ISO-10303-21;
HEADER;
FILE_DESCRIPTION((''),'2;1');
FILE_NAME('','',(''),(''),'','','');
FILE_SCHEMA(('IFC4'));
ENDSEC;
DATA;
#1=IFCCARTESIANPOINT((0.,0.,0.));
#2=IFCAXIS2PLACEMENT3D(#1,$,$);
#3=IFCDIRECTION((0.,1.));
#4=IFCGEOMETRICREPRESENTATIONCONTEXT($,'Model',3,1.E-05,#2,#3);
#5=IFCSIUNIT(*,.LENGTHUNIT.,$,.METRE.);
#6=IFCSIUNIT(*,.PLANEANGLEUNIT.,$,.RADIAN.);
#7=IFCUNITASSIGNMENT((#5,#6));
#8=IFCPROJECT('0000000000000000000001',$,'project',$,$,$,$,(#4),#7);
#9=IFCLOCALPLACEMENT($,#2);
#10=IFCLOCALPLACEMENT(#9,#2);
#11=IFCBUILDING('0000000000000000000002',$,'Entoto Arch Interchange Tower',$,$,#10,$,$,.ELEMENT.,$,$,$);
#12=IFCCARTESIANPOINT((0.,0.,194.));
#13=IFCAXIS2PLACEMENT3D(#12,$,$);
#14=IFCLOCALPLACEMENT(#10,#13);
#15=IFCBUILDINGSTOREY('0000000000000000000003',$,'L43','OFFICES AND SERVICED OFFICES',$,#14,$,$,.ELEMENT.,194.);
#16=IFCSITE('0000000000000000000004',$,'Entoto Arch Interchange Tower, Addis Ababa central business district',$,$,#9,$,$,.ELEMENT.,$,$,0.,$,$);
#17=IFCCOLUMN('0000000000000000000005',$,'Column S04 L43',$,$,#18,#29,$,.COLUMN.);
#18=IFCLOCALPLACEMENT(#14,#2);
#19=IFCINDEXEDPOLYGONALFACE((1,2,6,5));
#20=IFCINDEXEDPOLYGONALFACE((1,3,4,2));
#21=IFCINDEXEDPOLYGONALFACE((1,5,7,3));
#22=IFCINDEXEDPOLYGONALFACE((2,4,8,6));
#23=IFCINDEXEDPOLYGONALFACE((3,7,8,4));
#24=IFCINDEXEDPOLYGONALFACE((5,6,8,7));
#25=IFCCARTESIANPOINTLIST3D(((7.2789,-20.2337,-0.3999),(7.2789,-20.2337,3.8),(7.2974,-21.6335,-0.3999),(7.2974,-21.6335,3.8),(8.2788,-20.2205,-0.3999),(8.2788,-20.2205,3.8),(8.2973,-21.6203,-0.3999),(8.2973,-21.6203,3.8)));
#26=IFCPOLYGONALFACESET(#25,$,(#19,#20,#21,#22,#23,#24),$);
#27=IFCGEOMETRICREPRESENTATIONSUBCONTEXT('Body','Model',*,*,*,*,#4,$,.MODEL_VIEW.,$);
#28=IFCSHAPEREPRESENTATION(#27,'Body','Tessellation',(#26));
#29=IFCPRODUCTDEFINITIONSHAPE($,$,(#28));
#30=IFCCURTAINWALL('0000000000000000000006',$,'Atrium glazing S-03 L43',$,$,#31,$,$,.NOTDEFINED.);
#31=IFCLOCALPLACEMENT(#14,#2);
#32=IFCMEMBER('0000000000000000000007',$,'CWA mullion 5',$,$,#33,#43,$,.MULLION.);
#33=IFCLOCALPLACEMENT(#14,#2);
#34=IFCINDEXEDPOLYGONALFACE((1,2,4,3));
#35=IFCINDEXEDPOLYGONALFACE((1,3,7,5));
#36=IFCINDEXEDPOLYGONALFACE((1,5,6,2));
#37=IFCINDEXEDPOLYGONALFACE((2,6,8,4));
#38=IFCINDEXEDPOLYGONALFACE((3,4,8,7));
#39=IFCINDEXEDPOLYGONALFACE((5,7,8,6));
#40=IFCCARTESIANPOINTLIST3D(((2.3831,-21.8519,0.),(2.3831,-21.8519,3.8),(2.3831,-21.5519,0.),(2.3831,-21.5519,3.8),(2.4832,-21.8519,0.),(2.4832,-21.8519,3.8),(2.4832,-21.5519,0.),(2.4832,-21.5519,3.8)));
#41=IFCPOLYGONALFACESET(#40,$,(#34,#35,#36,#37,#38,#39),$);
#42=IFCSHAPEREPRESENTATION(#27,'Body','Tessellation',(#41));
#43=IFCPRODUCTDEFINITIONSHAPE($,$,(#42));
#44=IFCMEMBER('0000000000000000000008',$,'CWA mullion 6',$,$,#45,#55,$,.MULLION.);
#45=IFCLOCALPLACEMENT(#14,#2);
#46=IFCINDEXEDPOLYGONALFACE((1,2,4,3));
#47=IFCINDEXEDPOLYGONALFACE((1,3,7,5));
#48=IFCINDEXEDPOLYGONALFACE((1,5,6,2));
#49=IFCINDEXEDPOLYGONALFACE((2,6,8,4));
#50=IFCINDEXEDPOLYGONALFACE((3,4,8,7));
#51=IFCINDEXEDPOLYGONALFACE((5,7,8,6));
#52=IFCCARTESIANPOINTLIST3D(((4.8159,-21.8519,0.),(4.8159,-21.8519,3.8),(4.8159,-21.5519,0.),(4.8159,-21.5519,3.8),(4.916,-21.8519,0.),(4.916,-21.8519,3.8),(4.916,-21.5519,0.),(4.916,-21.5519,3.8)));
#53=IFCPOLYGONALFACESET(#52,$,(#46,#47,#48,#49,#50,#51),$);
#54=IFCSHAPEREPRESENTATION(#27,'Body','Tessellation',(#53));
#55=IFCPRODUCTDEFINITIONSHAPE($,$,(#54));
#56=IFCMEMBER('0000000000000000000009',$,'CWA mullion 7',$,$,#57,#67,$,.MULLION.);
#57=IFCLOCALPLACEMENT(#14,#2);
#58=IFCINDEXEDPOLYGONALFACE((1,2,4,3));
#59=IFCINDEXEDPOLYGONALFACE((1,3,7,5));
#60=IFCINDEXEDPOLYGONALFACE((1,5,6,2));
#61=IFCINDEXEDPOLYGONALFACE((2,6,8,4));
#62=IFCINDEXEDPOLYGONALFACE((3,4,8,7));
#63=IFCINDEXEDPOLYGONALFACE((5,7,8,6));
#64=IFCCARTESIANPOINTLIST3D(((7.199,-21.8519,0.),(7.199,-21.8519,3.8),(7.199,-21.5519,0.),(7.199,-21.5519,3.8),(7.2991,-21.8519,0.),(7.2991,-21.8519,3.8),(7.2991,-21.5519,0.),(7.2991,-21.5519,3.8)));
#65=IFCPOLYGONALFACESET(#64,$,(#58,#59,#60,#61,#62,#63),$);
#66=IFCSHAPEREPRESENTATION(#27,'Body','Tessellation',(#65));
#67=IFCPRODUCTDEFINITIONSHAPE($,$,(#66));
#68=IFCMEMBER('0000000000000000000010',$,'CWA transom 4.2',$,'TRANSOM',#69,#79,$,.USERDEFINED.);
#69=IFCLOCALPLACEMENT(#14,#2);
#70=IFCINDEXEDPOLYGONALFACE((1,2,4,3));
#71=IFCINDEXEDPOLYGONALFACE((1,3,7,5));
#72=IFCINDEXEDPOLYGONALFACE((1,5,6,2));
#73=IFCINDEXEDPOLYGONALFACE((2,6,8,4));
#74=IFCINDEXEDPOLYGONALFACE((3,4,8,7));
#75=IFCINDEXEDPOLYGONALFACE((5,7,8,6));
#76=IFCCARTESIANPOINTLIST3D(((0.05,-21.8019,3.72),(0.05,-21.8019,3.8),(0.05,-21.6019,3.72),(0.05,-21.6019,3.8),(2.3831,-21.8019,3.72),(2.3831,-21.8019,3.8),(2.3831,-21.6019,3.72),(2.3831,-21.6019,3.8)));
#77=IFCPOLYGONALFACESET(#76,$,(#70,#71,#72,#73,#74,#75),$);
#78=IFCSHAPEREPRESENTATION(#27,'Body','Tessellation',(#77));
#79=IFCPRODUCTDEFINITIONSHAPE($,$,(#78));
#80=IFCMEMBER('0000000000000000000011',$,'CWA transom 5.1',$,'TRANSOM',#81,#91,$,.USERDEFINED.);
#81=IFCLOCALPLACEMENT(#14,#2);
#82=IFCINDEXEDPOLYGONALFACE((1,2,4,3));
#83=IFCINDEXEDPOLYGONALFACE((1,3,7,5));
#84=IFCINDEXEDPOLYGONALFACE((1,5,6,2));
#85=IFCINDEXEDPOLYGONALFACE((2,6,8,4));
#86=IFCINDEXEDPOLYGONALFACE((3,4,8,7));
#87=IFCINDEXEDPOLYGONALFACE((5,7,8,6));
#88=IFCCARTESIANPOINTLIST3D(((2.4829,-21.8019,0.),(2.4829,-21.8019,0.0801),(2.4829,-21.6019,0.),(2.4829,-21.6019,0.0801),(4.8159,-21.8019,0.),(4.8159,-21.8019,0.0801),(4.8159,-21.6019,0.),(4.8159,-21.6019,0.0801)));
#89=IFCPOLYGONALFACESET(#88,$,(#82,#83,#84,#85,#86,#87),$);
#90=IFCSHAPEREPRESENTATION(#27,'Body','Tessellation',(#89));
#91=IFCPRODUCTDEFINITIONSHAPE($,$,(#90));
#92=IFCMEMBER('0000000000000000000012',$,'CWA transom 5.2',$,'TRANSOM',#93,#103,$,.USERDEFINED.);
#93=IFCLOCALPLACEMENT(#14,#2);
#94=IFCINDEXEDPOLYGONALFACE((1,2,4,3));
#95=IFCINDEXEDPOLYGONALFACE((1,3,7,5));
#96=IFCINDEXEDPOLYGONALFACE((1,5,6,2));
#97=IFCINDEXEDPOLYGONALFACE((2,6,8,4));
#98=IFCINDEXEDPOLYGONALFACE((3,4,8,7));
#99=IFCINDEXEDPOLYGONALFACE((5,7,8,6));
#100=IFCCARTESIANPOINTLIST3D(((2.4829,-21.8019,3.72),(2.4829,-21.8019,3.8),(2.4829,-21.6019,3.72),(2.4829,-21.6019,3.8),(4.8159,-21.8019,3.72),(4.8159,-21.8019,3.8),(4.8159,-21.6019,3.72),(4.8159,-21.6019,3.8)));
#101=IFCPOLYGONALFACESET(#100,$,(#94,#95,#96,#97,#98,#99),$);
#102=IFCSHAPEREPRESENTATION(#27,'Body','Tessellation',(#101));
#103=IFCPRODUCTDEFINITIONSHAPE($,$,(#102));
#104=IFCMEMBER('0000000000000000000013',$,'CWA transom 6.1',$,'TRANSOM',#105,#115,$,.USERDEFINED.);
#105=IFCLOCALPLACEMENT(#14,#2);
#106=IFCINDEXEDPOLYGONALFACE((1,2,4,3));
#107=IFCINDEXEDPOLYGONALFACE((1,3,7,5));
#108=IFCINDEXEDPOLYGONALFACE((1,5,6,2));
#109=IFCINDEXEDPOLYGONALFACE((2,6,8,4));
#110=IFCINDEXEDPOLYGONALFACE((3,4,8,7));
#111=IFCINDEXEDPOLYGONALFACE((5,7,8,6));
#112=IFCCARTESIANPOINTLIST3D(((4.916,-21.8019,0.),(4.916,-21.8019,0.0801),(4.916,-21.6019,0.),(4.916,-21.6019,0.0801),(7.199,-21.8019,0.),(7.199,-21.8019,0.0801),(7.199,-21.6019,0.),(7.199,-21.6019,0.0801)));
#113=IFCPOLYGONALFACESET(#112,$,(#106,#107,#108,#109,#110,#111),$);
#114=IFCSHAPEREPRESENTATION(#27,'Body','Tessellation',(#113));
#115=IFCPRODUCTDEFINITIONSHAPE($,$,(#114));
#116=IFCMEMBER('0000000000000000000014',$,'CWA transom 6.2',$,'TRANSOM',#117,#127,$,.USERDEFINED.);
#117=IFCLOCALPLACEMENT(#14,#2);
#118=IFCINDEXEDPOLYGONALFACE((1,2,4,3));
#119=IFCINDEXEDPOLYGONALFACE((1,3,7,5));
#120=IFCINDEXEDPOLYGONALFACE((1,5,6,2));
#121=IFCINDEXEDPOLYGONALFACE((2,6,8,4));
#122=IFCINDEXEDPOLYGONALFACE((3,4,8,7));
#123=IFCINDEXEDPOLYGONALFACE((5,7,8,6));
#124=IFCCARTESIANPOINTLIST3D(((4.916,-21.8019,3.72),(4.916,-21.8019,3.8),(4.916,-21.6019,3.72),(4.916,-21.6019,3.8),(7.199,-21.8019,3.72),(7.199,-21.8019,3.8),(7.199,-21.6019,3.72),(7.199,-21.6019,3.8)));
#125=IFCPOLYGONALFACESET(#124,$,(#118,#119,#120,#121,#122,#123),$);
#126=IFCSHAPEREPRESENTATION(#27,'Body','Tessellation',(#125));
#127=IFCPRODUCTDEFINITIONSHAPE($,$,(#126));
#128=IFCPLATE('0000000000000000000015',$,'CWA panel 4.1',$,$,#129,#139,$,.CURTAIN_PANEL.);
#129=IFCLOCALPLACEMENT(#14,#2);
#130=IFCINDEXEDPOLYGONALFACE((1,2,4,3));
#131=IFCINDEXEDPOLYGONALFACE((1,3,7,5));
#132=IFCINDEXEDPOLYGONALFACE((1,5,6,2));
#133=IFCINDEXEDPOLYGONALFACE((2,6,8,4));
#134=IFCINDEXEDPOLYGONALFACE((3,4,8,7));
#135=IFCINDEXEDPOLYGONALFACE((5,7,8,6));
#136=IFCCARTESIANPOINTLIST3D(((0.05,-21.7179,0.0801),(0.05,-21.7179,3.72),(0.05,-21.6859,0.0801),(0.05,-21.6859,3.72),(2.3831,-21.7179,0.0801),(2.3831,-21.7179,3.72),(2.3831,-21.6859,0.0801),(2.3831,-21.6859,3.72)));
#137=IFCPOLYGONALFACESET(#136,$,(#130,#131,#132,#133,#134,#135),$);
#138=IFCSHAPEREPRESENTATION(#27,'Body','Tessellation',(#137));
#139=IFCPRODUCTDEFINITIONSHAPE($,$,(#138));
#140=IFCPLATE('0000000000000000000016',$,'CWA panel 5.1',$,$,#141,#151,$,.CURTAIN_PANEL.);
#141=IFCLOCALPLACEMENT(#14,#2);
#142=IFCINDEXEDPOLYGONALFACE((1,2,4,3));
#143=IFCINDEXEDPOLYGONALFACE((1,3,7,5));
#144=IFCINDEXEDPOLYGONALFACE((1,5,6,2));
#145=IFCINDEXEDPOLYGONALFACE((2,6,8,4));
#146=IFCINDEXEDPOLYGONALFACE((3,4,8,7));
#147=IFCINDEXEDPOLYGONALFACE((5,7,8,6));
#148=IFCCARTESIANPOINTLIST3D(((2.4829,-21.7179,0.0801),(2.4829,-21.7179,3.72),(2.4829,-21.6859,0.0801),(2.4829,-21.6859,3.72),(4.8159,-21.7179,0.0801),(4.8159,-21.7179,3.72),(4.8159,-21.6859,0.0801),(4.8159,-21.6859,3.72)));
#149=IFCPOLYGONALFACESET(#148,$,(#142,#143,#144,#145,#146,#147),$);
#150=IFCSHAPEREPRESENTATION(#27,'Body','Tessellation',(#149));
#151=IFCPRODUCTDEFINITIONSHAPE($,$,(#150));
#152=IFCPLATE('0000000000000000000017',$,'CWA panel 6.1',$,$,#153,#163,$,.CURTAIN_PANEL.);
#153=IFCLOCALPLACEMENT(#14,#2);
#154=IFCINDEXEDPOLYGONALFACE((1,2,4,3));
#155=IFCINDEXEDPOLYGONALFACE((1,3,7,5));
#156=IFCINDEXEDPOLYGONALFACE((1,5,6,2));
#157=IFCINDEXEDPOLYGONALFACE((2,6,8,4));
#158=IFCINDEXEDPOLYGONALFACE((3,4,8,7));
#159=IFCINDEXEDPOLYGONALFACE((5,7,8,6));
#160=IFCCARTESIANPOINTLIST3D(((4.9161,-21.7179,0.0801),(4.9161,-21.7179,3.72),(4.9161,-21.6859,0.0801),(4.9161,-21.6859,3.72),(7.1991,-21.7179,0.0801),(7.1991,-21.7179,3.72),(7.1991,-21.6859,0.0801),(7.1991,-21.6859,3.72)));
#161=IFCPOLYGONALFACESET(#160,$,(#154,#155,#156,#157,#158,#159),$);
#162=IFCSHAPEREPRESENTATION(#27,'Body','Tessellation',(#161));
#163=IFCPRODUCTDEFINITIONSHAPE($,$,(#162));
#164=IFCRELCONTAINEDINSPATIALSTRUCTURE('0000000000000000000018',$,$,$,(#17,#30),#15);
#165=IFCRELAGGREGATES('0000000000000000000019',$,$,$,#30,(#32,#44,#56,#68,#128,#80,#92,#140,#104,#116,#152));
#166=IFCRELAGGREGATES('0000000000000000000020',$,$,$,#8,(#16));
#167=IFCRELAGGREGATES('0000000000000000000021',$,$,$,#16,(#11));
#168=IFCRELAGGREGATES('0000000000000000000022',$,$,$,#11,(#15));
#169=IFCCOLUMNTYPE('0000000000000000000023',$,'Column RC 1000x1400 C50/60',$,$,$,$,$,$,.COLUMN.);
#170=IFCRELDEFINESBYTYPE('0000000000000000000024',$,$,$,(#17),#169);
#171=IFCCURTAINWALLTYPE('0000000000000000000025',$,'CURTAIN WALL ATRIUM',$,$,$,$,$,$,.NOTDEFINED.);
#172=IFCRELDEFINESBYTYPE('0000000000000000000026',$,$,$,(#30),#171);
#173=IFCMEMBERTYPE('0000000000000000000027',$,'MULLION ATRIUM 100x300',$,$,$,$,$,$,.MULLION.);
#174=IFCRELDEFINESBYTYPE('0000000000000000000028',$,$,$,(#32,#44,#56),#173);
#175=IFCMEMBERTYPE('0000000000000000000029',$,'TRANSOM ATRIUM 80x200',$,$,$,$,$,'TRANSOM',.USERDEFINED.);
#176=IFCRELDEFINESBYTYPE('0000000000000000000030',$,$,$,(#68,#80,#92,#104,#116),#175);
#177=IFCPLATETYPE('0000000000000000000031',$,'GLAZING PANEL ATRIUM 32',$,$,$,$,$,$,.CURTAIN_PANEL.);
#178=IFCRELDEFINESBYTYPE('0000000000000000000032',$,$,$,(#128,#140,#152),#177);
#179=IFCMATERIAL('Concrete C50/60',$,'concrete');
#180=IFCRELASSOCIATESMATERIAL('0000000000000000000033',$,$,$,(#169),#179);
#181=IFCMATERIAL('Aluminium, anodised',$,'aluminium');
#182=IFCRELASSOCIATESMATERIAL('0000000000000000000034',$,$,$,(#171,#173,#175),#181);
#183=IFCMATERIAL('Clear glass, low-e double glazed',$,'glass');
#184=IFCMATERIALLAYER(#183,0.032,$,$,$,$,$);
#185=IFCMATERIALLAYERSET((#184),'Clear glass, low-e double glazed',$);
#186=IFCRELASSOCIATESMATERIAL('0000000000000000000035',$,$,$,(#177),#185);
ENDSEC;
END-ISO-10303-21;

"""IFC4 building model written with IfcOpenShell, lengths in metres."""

from ifc_helpers import new_model, si_unit, direction, frame, origin, origin_2d, place, context, subcontext, project, spatial, rectangle, extrude, material, layer, layer_set, material_profile, profile_set, type_object, element, aggregate, save


model = new_model("IFC4")

# Units and contexts
model_context = context("Model", 3, precision=1e-05, world=origin(), true_north=direction((0.0, 1.0)))
body_context = subcontext(model_context, "Body", "Model", "MODEL_VIEW")
ifc_project = project(units=[si_unit("LENGTHUNIT", "METRE"), si_unit("PLANEANGLEUNIT", "RADIAN")], contexts=[model_context])

# Site, building, storey
site_placement = place(None, origin())
site = spatial("IfcSite", under=ifc_project, at=site_placement, Name="Entoto Arch Interchange Tower, Addis Ababa central business district", CompositionType="ELEMENT", RefElevation=0.0)
building_placement = place(site_placement, origin())
building = spatial("IfcBuilding", under=site, at=building_placement, Name="Entoto Arch Interchange Tower", CompositionType="ELEMENT")
storey_placement = place(building_placement, frame((0.0, 0.0, 194.0)))
storey = spatial("IfcBuildingStorey", under=building, at=storey_placement, Name="L43", Description="OFFICES AND SERVICED OFFICES", CompositionType="ELEMENT", Elevation=194.0)

# Column
ifc_material_1 = material(Name="Concrete C50/60", Category="concrete")
ifc_material_profile_1 = material_profile(ifc_material_1, rectangle(XDim=1.0, YDim=1.3999, at=origin_2d()))
ifc_profile_set_1 = profile_set([ifc_material_profile_1], Name="Concrete C50/60")
column_type = type_object("IfcColumnType", Name="Column RC 1000x1400 C50/60", PredefinedType="COLUMN", material=ifc_profile_set_1)
column_placement = place(storey_placement, frame((7.7881, -20.927, -0.3999), z_axis=(0.0, 0.0, 1.0), x_axis=(0.999913, 0.013177, 0.0)))
element("IfcColumn", 1, at=column_placement, inside=storey, type_object=column_type, Name="Column S04 L43", PredefinedType="COLUMN", context=body_context, shape_type="SweptSolid", body=[
    extrude(rectangle(XDim=1.0, YDim=1.3999, at=origin_2d()), origin(), (0.0, 0.0, 1.0), 4.2),
])

# Curtain wall, members, plates
ifc_material_2 = material(Name="Aluminium, anodised", Category="aluminium")
curtain_wall_type = type_object("IfcCurtainWallType", Name="CURTAIN WALL ATRIUM", PredefinedType="NOTDEFINED", material=ifc_material_2)
curtain_wall_placement = place(storey_placement, origin())
curtain_wall = element("IfcCurtainWall", 2, at=curtain_wall_placement, inside=storey, type_object=curtain_wall_type, Name="Atrium glazing S-03 L43", PredefinedType="NOTDEFINED")
ifc_material_profile_2 = material_profile(ifc_material_2, rectangle(XDim=0.3, YDim=0.1001, at=origin_2d()))
ifc_profile_set_2 = profile_set([ifc_material_profile_2], Name="Aluminium, anodised")
member_type_1 = type_object("IfcMemberType", Name="MULLION ATRIUM 100x300", PredefinedType="MULLION", material=ifc_profile_set_2)
member_1_placement = place(storey_placement, frame((2.4331, -21.7019, 0.0), z_axis=(0.0, 0.0, 1.0), x_axis=(0.0, 1.0, 0.0)))
member_1 = element("IfcMember", 3, at=member_1_placement, type_object=member_type_1, Name="CWA mullion 5", PredefinedType="MULLION", context=body_context, shape_type="SweptSolid", body=[
    extrude(rectangle(XDim=0.3, YDim=0.1001, at=origin_2d()), origin(), (0.0, 0.0, 1.0), 3.8),
])
member_2_placement = place(storey_placement, frame((4.866, -21.7019, 0.0), z_axis=(0.0, 0.0, 1.0), x_axis=(0.0, 1.0, 0.0)))
member_2 = element("IfcMember", 4, at=member_2_placement, type_object=member_type_1, Name="CWA mullion 6", PredefinedType="MULLION", context=body_context, shape_type="SweptSolid", body=[
    extrude(rectangle(XDim=0.3, YDim=0.1001, at=origin_2d()), origin(), (0.0, 0.0, 1.0), 3.8),
])
member_3_placement = place(storey_placement, frame((7.249, -21.7019, 0.0), z_axis=(0.0, 0.0, 1.0), x_axis=(0.0, 1.0, 0.0)))
member_3 = element("IfcMember", 5, at=member_3_placement, type_object=member_type_1, Name="CWA mullion 7", PredefinedType="MULLION", context=body_context, shape_type="SweptSolid", body=[
    extrude(rectangle(XDim=0.3, YDim=0.1001, at=origin_2d()), origin(), (0.0, 0.0, 1.0), 3.8),
])
ifc_material_profile_3 = material_profile(ifc_material_2, rectangle(XDim=0.2, YDim=0.0801, at=origin_2d()))
ifc_profile_set_3 = profile_set([ifc_material_profile_3], Name="Aluminium, anodised")
member_type_2 = type_object("IfcMemberType", Name="TRANSOM ATRIUM 80x200", ElementType="TRANSOM", PredefinedType="USERDEFINED", material=ifc_profile_set_3)
member_4_placement = place(storey_placement, frame((0.05, -21.7019, 3.76), z_axis=(1.0, 0.0, 0.0), x_axis=(0.0, 1.0, 0.0)))
member_4 = element("IfcMember", 6, at=member_4_placement, type_object=member_type_2, Name="CWA transom 4.2", ObjectType="TRANSOM", PredefinedType="USERDEFINED", context=body_context, shape_type="SweptSolid", body=[
    extrude(rectangle(XDim=0.2, YDim=0.0801, at=origin_2d()), origin(), (0.0, 0.0, 1.0), 2.333),
])
member_5_placement = place(storey_placement, frame((2.4829, -21.7019, 0.04), z_axis=(1.0, 0.0, 0.0), x_axis=(0.0, 1.0, 0.0)))
member_5 = element("IfcMember", 7, at=member_5_placement, type_object=member_type_2, Name="CWA transom 5.1", ObjectType="TRANSOM", PredefinedType="USERDEFINED", context=body_context, shape_type="SweptSolid", body=[
    extrude(rectangle(XDim=0.2, YDim=0.0801, at=origin_2d()), origin(), (0.0, 0.0, 1.0), 2.333),
])
member_6_placement = place(storey_placement, frame((2.4829, -21.7019, 3.76), z_axis=(1.0, 0.0, 0.0), x_axis=(0.0, 1.0, 0.0)))
member_6 = element("IfcMember", 8, at=member_6_placement, type_object=member_type_2, Name="CWA transom 5.2", ObjectType="TRANSOM", PredefinedType="USERDEFINED", context=body_context, shape_type="SweptSolid", body=[
    extrude(rectangle(XDim=0.2, YDim=0.0801, at=origin_2d()), origin(), (0.0, 0.0, 1.0), 2.333),
])
member_7_placement = place(storey_placement, frame((4.916, -21.7019, 0.04), z_axis=(1.0, 0.0, 0.0), x_axis=(0.0, 1.0, 0.0)))
member_7 = element("IfcMember", 9, at=member_7_placement, type_object=member_type_2, Name="CWA transom 6.1", ObjectType="TRANSOM", PredefinedType="USERDEFINED", context=body_context, shape_type="SweptSolid", body=[
    extrude(rectangle(XDim=0.2, YDim=0.0801, at=origin_2d()), origin(), (0.0, 0.0, 1.0), 2.283),
])
member_8_placement = place(storey_placement, frame((4.916, -21.7019, 3.76), z_axis=(1.0, 0.0, 0.0), x_axis=(0.0, 1.0, 0.0)))
member_8 = element("IfcMember", 10, at=member_8_placement, type_object=member_type_2, Name="CWA transom 6.2", ObjectType="TRANSOM", PredefinedType="USERDEFINED", context=body_context, shape_type="SweptSolid", body=[
    extrude(rectangle(XDim=0.2, YDim=0.0801, at=origin_2d()), origin(), (0.0, 0.0, 1.0), 2.283),
])
ifc_material_3 = material(Name="Clear glass, low-e double glazed", Category="glass")
ifc_layer_1 = layer(ifc_material_3, 0.032)
ifc_layer_set_1 = layer_set([ifc_layer_1], Name="Clear glass, low-e double glazed")
plate_type = type_object("IfcPlateType", Name="GLAZING PANEL ATRIUM 32", PredefinedType="CURTAIN_PANEL", material=ifc_layer_set_1)
plate_1_placement = place(storey_placement, frame((1.2166, -21.7019, 0.0801), z_axis=(0.0, 0.0, 1.0), x_axis=(1.0, 0.0, 0.0)))
plate_1 = element("IfcPlate", 11, at=plate_1_placement, type_object=plate_type, Name="CWA panel 4.1", PredefinedType="CURTAIN_PANEL", context=body_context, shape_type="SweptSolid", body=[
    extrude(rectangle(XDim=2.333, YDim=0.032, at=origin_2d()), origin(), (0.0, 0.0, 1.0), 3.6399),
])
plate_2_placement = place(storey_placement, frame((3.6494, -21.7019, 0.0801), z_axis=(0.0, 0.0, 1.0), x_axis=(1.0, 0.0, 0.0)))
plate_2 = element("IfcPlate", 12, at=plate_2_placement, type_object=plate_type, Name="CWA panel 5.1", PredefinedType="CURTAIN_PANEL", context=body_context, shape_type="SweptSolid", body=[
    extrude(rectangle(XDim=2.333, YDim=0.032, at=origin_2d()), origin(), (0.0, 0.0, 1.0), 3.6399),
])
plate_3_placement = place(storey_placement, frame((6.0576, -21.7019, 0.0801), z_axis=(0.0, 0.0, 1.0), x_axis=(1.0, 0.0, 0.0)))
plate_3 = element("IfcPlate", 13, at=plate_3_placement, type_object=plate_type, Name="CWA panel 6.1", PredefinedType="CURTAIN_PANEL", context=body_context, shape_type="SweptSolid", body=[
    extrude(rectangle(XDim=2.283, YDim=0.032, at=origin_2d()), origin(), (0.0, 0.0, 1.0), 3.6399),
])
aggregate(curtain_wall, [member_1, member_2, member_3, member_4, plate_1, member_5, member_6, plate_2, member_7, member_8, plate_3])

save(model, "model.ifc")
